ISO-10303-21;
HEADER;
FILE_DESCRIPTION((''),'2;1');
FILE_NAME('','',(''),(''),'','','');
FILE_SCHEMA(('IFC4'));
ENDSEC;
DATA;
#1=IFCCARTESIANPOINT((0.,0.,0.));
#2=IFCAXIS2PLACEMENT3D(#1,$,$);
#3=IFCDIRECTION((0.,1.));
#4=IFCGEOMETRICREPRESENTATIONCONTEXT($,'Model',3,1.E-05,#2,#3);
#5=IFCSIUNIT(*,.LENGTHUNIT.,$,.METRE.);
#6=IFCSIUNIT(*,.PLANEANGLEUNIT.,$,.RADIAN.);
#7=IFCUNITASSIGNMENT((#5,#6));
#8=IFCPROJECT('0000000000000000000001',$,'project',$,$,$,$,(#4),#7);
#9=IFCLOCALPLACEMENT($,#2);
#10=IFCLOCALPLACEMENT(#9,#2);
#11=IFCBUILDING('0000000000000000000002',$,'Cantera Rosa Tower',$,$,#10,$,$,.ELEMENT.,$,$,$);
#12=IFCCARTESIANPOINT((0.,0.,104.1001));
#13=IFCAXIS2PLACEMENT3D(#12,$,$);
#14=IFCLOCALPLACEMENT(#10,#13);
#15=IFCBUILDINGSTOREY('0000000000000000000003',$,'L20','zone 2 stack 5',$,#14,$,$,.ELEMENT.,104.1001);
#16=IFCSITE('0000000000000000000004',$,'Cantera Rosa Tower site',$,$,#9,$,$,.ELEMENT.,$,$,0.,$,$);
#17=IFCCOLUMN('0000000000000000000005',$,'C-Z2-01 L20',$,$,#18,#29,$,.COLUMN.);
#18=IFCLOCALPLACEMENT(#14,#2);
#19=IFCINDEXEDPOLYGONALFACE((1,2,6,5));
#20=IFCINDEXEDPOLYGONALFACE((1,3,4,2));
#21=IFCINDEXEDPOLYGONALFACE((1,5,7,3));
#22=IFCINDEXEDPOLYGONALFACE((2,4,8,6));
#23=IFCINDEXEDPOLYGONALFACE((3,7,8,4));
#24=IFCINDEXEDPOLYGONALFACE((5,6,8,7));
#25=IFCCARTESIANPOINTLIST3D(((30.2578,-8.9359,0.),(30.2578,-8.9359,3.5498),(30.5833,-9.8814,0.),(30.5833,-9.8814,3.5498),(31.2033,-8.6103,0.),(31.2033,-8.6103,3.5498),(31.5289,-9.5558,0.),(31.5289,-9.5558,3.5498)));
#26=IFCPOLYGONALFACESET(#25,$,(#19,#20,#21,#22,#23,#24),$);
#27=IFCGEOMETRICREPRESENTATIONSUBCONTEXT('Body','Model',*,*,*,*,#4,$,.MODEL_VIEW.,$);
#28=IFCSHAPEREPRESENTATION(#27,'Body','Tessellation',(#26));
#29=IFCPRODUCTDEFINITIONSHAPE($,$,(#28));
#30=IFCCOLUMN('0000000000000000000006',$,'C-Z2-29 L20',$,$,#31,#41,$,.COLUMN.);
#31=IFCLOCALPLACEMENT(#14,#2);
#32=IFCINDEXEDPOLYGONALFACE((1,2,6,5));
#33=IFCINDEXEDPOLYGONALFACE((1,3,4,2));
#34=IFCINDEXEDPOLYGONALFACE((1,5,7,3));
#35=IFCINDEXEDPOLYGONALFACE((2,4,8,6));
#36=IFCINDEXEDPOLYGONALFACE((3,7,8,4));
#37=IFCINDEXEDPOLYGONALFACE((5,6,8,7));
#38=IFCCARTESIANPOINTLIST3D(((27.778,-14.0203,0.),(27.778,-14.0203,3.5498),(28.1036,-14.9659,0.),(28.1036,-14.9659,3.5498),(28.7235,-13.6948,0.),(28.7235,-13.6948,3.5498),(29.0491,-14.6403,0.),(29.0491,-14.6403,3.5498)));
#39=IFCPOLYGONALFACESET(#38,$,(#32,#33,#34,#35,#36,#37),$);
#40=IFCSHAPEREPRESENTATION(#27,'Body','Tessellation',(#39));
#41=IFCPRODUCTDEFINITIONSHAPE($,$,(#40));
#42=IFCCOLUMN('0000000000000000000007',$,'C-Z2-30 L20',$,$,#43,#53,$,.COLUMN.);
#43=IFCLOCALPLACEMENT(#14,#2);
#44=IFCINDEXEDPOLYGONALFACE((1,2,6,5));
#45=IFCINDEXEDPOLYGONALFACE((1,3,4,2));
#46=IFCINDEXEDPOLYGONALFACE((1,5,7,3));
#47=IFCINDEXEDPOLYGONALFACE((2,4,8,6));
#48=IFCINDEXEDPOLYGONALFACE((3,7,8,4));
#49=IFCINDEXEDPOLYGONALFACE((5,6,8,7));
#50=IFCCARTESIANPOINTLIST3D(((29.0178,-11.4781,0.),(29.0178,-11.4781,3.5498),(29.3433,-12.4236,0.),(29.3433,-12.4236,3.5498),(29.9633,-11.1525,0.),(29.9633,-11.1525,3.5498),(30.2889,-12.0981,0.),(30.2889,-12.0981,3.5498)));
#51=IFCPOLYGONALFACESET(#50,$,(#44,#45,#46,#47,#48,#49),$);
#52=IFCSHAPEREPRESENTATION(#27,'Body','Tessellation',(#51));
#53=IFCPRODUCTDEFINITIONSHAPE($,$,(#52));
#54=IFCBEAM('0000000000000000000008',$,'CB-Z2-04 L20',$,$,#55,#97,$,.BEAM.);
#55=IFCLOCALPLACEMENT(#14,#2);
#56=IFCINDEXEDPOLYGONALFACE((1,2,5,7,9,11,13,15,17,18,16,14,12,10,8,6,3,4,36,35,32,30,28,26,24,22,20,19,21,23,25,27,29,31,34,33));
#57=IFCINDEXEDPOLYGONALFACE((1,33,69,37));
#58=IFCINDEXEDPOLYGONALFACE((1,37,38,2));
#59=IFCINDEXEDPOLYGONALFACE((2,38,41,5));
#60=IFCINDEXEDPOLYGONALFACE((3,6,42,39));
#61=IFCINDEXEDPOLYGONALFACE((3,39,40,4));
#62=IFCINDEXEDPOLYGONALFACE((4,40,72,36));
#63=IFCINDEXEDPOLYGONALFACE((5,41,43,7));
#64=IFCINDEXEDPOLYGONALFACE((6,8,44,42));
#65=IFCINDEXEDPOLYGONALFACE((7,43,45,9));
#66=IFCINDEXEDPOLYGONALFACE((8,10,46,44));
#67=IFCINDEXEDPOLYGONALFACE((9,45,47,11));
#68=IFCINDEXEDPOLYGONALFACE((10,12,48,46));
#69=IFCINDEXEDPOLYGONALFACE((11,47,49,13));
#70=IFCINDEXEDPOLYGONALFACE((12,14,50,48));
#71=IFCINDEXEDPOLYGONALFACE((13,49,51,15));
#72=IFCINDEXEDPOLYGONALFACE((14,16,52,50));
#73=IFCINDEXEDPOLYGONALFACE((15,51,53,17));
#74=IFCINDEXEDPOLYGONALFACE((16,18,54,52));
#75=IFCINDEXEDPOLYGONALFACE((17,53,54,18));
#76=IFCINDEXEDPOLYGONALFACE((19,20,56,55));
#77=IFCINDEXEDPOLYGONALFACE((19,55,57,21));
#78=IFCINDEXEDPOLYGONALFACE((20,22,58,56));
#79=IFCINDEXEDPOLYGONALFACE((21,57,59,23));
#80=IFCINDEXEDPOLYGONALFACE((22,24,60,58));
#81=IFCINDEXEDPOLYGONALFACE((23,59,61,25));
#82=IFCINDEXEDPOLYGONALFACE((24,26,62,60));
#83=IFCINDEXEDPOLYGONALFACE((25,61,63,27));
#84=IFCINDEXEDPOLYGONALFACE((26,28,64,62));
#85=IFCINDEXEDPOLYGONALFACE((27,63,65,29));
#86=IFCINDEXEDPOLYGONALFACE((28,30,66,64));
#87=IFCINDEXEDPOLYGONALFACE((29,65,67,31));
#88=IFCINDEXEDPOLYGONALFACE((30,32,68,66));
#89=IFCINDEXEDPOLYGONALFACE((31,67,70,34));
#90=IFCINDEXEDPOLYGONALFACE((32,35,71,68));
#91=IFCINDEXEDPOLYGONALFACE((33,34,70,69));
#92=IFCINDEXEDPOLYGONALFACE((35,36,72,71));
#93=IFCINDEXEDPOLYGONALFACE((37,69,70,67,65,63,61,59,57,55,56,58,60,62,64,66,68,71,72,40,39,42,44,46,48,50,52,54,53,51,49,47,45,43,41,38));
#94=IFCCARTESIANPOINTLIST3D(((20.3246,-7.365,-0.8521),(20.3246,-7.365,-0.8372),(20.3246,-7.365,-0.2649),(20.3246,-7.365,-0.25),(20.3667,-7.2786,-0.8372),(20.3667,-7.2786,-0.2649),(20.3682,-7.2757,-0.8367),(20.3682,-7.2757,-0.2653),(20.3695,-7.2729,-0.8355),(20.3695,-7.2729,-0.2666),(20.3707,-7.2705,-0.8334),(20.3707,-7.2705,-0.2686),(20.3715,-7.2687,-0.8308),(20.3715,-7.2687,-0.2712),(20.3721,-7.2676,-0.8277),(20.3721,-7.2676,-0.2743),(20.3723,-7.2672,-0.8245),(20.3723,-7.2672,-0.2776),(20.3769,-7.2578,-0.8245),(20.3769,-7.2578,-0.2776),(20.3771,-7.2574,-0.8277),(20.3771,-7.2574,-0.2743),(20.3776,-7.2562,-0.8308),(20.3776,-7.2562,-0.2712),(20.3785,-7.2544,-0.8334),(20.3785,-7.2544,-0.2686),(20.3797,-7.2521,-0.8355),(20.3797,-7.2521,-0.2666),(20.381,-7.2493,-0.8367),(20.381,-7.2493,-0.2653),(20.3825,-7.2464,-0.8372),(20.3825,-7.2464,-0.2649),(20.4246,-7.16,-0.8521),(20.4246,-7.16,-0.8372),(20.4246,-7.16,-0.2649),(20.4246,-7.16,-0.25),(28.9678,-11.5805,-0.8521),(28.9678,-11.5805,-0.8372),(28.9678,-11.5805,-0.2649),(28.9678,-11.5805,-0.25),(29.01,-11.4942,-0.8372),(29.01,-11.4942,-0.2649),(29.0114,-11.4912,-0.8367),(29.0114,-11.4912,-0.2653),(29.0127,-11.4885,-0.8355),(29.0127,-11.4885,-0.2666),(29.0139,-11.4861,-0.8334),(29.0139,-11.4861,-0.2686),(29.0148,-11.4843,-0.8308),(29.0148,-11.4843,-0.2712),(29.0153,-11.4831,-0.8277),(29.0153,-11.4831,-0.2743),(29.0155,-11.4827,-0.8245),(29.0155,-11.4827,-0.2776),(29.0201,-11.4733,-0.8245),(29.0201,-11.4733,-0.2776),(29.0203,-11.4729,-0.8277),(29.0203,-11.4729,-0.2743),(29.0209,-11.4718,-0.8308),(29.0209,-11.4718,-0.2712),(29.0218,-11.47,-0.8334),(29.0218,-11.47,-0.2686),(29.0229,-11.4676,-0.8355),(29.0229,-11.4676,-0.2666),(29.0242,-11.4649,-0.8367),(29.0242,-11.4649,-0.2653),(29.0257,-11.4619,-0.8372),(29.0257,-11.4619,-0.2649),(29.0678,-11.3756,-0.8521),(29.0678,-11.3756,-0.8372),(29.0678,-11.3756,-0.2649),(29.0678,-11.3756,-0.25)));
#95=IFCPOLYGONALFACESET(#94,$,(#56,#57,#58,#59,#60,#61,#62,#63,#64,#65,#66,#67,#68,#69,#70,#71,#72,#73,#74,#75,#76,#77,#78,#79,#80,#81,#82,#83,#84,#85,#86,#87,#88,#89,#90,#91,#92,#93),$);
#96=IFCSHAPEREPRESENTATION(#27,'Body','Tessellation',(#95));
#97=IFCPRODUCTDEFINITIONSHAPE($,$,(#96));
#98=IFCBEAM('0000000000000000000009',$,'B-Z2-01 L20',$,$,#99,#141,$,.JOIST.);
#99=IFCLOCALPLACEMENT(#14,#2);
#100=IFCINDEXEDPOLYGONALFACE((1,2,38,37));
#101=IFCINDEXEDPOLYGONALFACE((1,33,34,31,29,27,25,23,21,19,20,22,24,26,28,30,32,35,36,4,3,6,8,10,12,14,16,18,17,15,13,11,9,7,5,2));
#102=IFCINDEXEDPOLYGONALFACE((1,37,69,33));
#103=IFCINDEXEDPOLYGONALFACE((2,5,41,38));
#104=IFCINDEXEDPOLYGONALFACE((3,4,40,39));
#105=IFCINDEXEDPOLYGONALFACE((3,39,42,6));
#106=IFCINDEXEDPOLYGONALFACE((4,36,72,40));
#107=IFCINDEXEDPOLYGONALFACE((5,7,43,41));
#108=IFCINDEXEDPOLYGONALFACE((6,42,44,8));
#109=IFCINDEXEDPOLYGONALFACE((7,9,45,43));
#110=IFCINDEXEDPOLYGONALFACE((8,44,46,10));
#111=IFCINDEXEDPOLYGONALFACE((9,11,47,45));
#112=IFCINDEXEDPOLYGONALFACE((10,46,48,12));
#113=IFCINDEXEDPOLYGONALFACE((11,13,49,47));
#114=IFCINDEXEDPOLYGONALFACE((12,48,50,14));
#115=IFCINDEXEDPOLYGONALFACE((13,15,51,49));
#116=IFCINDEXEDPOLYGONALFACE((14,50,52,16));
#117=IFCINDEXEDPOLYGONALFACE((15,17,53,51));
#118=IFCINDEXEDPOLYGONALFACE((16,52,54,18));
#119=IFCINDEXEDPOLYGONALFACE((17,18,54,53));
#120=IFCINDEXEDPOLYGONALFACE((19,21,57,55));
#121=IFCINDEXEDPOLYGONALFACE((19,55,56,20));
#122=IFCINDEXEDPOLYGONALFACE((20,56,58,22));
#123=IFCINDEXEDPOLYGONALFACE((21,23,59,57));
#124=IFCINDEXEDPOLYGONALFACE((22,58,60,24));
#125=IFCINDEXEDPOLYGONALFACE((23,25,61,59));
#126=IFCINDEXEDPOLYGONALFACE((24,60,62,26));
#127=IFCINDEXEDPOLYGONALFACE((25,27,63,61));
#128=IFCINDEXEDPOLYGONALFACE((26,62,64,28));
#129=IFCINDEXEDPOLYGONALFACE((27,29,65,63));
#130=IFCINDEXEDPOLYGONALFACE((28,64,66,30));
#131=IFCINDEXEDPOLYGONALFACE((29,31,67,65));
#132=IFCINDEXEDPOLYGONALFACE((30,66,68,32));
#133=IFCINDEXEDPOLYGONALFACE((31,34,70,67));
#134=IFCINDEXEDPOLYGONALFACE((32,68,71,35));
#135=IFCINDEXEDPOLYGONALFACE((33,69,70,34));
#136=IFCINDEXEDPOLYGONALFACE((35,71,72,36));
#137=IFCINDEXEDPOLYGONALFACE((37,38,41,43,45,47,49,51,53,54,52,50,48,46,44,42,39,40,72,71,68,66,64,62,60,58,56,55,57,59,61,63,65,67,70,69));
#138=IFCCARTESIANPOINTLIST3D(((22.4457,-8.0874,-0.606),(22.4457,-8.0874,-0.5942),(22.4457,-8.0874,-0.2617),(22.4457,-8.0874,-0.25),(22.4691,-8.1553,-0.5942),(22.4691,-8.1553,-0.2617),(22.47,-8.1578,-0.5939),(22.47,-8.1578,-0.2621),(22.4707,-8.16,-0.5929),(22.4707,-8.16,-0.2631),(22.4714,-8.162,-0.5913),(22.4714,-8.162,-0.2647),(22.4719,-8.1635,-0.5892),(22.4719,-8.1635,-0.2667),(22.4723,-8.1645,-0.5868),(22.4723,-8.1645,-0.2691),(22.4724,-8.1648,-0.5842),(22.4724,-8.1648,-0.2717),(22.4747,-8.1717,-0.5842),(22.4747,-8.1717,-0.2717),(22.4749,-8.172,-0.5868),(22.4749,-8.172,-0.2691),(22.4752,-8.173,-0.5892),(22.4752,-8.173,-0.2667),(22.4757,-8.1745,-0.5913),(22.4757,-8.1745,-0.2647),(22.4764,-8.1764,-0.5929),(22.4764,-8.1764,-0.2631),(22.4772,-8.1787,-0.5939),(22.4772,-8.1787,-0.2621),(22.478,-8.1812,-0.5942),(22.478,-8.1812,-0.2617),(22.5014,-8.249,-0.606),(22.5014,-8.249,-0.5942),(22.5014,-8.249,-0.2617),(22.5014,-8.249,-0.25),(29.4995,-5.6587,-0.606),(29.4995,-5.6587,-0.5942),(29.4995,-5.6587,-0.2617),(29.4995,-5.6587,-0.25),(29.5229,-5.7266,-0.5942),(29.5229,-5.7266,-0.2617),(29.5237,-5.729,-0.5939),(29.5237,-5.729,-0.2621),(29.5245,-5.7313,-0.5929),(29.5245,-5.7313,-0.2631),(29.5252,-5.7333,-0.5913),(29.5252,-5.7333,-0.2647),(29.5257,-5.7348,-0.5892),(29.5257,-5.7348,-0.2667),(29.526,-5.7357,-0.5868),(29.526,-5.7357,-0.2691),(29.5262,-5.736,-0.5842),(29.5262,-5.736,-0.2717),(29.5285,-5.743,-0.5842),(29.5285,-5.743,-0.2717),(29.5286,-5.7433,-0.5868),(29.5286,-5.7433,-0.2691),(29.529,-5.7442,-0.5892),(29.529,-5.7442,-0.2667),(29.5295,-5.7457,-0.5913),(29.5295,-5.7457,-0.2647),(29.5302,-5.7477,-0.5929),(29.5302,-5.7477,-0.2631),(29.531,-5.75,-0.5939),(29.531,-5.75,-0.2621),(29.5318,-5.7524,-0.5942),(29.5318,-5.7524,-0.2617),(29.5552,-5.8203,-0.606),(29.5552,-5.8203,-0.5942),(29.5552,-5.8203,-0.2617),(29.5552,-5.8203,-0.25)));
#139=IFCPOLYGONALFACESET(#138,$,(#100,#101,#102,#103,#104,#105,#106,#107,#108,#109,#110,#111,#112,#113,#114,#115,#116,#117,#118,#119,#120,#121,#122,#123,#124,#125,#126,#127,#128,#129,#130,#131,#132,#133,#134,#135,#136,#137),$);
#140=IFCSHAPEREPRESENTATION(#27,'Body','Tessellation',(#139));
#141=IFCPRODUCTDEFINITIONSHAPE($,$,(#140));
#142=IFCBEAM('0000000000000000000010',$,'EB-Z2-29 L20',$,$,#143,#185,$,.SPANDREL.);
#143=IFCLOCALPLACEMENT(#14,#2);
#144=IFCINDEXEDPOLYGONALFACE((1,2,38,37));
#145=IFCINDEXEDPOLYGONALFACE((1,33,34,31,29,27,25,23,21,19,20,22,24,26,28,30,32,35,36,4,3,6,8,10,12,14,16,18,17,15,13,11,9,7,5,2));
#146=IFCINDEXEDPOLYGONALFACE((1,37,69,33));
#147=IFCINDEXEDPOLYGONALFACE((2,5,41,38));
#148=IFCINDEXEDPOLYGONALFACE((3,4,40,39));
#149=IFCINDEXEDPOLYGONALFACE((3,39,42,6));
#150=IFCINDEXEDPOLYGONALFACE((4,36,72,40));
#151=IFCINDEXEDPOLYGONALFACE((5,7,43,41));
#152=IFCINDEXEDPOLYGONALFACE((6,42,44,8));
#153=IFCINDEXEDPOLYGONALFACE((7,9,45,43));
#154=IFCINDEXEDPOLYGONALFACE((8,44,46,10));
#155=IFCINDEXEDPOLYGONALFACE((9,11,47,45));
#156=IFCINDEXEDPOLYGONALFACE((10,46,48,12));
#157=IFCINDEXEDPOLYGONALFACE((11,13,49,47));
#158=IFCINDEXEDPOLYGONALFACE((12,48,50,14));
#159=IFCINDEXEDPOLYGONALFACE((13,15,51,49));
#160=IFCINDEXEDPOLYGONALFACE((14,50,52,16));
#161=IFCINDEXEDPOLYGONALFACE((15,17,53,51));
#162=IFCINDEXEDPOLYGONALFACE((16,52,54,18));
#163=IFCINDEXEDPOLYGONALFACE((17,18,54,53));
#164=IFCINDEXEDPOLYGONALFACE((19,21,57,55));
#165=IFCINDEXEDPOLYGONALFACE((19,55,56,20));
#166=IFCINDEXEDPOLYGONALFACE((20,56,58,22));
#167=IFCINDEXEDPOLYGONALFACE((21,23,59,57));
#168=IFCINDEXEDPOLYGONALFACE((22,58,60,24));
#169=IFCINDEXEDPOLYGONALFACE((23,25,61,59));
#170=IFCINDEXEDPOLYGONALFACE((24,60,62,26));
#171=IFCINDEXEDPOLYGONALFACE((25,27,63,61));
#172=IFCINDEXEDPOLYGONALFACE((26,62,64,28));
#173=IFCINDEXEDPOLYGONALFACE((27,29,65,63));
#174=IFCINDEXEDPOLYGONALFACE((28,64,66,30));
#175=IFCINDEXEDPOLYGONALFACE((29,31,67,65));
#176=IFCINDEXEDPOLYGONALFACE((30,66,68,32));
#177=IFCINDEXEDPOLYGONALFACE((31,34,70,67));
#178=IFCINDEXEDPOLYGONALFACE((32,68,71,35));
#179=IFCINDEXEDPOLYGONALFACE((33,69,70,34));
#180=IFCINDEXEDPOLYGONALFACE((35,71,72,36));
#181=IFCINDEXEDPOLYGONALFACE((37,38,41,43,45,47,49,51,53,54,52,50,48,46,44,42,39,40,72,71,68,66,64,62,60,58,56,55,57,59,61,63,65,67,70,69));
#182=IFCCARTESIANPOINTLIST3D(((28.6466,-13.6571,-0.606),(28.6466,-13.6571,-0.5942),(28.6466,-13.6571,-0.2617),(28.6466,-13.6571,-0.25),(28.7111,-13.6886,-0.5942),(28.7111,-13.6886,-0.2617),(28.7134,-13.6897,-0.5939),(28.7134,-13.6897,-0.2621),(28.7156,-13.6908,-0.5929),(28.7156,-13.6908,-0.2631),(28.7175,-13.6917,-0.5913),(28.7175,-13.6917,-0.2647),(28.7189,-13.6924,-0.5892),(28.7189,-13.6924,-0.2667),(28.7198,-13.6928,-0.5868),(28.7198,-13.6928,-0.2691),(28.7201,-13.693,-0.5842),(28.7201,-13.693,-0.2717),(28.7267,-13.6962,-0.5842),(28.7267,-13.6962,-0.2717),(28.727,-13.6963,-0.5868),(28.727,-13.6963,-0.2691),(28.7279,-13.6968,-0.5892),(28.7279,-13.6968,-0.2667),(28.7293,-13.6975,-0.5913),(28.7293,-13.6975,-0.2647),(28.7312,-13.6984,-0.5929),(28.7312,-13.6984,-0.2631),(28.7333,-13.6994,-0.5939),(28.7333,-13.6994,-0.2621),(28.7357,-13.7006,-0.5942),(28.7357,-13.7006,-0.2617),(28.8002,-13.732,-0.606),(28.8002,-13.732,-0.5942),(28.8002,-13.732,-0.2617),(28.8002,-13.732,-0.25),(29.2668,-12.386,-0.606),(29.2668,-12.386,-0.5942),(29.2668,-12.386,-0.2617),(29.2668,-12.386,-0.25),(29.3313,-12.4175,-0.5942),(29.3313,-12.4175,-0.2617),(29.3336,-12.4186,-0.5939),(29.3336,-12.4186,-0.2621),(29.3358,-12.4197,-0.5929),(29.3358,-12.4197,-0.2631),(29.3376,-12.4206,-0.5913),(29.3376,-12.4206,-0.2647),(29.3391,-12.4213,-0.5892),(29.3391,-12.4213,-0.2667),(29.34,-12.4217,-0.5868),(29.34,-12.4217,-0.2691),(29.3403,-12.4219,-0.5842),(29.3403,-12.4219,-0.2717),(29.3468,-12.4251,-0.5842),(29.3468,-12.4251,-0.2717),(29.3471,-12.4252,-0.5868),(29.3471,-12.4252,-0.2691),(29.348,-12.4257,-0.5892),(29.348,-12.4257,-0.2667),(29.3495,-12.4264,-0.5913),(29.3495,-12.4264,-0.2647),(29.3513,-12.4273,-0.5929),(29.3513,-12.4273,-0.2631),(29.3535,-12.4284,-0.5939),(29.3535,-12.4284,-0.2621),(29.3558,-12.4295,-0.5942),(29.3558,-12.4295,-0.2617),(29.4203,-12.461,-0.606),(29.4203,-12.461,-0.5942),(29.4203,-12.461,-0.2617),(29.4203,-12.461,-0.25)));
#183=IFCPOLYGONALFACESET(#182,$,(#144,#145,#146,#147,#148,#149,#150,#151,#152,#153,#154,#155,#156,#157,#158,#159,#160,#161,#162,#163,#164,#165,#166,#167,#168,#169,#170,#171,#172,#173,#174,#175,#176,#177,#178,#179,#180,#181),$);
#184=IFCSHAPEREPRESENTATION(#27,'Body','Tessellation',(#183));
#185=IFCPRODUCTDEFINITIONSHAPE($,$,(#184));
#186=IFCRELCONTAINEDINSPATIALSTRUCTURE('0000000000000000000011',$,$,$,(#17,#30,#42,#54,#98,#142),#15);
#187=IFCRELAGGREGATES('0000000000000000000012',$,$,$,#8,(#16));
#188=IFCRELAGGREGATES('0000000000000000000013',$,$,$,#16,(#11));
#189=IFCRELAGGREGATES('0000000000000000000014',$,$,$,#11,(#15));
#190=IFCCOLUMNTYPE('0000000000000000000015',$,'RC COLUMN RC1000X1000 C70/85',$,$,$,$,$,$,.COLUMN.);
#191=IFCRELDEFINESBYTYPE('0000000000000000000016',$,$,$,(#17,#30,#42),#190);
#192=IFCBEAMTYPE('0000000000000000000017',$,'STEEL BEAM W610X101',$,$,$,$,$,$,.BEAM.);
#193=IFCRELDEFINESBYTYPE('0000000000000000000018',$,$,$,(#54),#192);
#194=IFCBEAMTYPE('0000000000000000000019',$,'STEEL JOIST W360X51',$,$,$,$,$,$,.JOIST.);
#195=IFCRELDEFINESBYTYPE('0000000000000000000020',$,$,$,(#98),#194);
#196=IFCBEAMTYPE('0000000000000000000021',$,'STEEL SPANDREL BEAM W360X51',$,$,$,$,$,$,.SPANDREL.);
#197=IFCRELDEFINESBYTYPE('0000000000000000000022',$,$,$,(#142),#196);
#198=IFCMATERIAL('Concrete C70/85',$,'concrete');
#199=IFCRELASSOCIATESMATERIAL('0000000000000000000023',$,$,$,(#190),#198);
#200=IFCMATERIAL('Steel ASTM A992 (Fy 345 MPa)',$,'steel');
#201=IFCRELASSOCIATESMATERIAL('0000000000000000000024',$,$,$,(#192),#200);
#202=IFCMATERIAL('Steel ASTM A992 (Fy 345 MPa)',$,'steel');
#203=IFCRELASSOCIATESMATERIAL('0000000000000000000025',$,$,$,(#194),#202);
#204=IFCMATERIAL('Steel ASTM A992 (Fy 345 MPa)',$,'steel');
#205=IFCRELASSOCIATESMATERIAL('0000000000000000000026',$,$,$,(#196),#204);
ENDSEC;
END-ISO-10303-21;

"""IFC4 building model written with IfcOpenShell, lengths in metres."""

from ifc_helpers import new_model, si_unit, direction, frame, origin, origin_2d, place, context, subcontext, project, spatial, rectangle, i_section, extrude, material, material_profile, profile_set, type_object, element, save


model = new_model("IFC4")

# Units and contexts
model_context = context("Model", 3, precision=1e-05, world=origin(), true_north=direction((0.0, 1.0)))
body_context = subcontext(model_context, "Body", "Model", "MODEL_VIEW")
ifc_project = project(units=[si_unit("LENGTHUNIT", "METRE"), si_unit("PLANEANGLEUNIT", "RADIAN")], contexts=[model_context])

# Site, building, storey
site_placement = place(None, origin())
site = spatial("IfcSite", under=ifc_project, at=site_placement, Name="Cantera Rosa Tower site", CompositionType="ELEMENT", RefElevation=0.0)
building_placement = place(site_placement, origin())
building = spatial("IfcBuilding", under=site, at=building_placement, Name="Cantera Rosa Tower", CompositionType="ELEMENT")
storey_placement = place(building_placement, frame((0.0, 0.0, 104.1001)))
storey = spatial("IfcBuildingStorey", under=building, at=storey_placement, Name="L20", Description="zone 2 stack 5", CompositionType="ELEMENT", Elevation=104.1001)

# Columns
ifc_material_1 = material(Name="Concrete C70/85", Category="concrete")
ifc_material_profile_1 = material_profile(ifc_material_1, rectangle(XDim=1.0, YDim=1.0, at=origin_2d()), Name="RC COLUMN RC1000X1000 C70/85")
ifc_profile_set_1 = profile_set([ifc_material_profile_1], Name="Concrete C70/85")
column_type = type_object("IfcColumnType", Name="RC COLUMN RC1000X1000 C70/85", PredefinedType="COLUMN", material=ifc_profile_set_1)
for number, where, z_axis, x_axis, name in (
    (1, (30.8933, -9.2458, 0.0), (0.0, 0.0, 1.0), (0.945519, 0.325568, 0.0), "C-Z2-01 L20"),
    (2, (28.4136, -14.3303, 0.0), (0.0, 0.0, 1.0), (0.945519, 0.325568, 0.0), "C-Z2-29 L20"),
    (3, (29.6533, -11.7881, 0.0), (0.0, 0.0, 1.0), (0.945519, 0.325568, 0.0), "C-Z2-30 L20"),
):
    element("IfcColumn", number, at=place(storey_placement, frame(where, z_axis=z_axis, x_axis=x_axis)), inside=storey, type_object=column_type, Name=name, PredefinedType="COLUMN", context=body_context, shape_type="SweptSolid", body=[
        extrude(rectangle(XDim=1.0, YDim=1.0, at=origin_2d()), origin(), (0.0, 0.0, 1.0), 3.5498),
    ])

# Beams
ifc_material_2 = material(Name="Steel ASTM A992 (Fy 345 MPa)", Category="steel")
ifc_material_profile_2 = material_profile(ifc_material_2, i_section(OverallWidth=0.228, OverallDepth=0.6021, WebThickness=0.0105, FlangeThickness=0.0149, FilletRadius=0.0127, at=origin_2d()), Name="W610X101")
ifc_profile_set_2 = profile_set([ifc_material_profile_2], Name="Steel ASTM A992 (Fy 345 MPa)")
beam_type_1 = type_object("IfcBeamType", Name="STEEL BEAM W610X101", PredefinedType="BEAM", material=ifc_profile_set_2)
beam_1_placement = place(storey_placement, frame((29.0178, -11.478, -0.551), z_axis=(-0.898796, 0.438367, 0.0), x_axis=(-0.438367, -0.898796, 0.0)))
element("IfcBeam", 4, at=beam_1_placement, inside=storey, type_object=beam_type_1, Name="CB-Z2-04 L20", PredefinedType="BEAM", context=body_context, shape_type="SweptSolid", body=[
    extrude(i_section(OverallWidth=0.228, OverallDepth=0.6021, WebThickness=0.0105, FlangeThickness=0.0149, FilletRadius=0.0127, at=origin_2d()), origin(), (0.0, 0.0, 1.0), 9.6165),
])
ifc_material_3 = material(Name="Steel ASTM A992 (Fy 345 MPa)", Category="steel")
ifc_material_profile_3 = material_profile(ifc_material_3, i_section(OverallWidth=0.1709, OverallDepth=0.356, WebThickness=0.0073, FlangeThickness=0.0117, FilletRadius=0.01, at=origin_2d()), Name="W360X51")
ifc_profile_set_3 = profile_set([ifc_material_profile_3], Name="Steel ASTM A992 (Fy 345 MPa)")
beam_type_2 = type_object("IfcBeamType", Name="STEEL JOIST W360X51", PredefinedType="JOIST", material=ifc_profile_set_3)
beam_2_placement = place(storey_placement, frame((29.5273, -5.7395, -0.428), z_axis=(-0.945522, -0.325559, 0.0), x_axis=(0.325559, -0.945522, 0.0)))
element("IfcBeam", 5, at=beam_2_placement, inside=storey, type_object=beam_type_2, Name="B-Z2-01 L20", PredefinedType="JOIST", context=body_context, shape_type="SweptSolid", body=[
    extrude(i_section(OverallWidth=0.1709, OverallDepth=0.356, WebThickness=0.0073, FlangeThickness=0.0117, FilletRadius=0.01, at=origin_2d()), origin(), (0.0, 0.0, 1.0), 7.4602),
])
ifc_material_4 = material(Name="Steel ASTM A992 (Fy 345 MPa)", Category="steel")
ifc_material_profile_4 = material_profile(ifc_material_4, i_section(OverallWidth=0.1709, OverallDepth=0.356, WebThickness=0.0073, FlangeThickness=0.0117, FilletRadius=0.01, at=origin_2d()), Name="W360X51")
ifc_profile_set_4 = profile_set([ifc_material_profile_4], Name="Steel ASTM A992 (Fy 345 MPa)")
beam_type_3 = type_object("IfcBeamType", Name="STEEL SPANDREL BEAM W360X51", PredefinedType="SPANDREL", material=ifc_profile_set_4)
for number, where, z_axis, x_axis, name in (
    (6, (28.7234, -13.6946, -0.428), (0.438492, 0.898735, 0.0), (-0.898735, 0.438492, 0.0), "EB-Z2-29 L20"),
):
    element("IfcBeam", number, at=place(storey_placement, frame(where, z_axis=z_axis, x_axis=x_axis)), inside=storey, type_object=beam_type_3, Name=name, PredefinedType="SPANDREL", context=body_context, shape_type="SweptSolid", body=[
        extrude(i_section(OverallWidth=0.1709, OverallDepth=0.356, WebThickness=0.0073, FlangeThickness=0.0117, FilletRadius=0.01, at=origin_2d()), origin(), (0.0, 0.0, 1.0), 1.4143),
    ])

save(model, "model.ifc")
